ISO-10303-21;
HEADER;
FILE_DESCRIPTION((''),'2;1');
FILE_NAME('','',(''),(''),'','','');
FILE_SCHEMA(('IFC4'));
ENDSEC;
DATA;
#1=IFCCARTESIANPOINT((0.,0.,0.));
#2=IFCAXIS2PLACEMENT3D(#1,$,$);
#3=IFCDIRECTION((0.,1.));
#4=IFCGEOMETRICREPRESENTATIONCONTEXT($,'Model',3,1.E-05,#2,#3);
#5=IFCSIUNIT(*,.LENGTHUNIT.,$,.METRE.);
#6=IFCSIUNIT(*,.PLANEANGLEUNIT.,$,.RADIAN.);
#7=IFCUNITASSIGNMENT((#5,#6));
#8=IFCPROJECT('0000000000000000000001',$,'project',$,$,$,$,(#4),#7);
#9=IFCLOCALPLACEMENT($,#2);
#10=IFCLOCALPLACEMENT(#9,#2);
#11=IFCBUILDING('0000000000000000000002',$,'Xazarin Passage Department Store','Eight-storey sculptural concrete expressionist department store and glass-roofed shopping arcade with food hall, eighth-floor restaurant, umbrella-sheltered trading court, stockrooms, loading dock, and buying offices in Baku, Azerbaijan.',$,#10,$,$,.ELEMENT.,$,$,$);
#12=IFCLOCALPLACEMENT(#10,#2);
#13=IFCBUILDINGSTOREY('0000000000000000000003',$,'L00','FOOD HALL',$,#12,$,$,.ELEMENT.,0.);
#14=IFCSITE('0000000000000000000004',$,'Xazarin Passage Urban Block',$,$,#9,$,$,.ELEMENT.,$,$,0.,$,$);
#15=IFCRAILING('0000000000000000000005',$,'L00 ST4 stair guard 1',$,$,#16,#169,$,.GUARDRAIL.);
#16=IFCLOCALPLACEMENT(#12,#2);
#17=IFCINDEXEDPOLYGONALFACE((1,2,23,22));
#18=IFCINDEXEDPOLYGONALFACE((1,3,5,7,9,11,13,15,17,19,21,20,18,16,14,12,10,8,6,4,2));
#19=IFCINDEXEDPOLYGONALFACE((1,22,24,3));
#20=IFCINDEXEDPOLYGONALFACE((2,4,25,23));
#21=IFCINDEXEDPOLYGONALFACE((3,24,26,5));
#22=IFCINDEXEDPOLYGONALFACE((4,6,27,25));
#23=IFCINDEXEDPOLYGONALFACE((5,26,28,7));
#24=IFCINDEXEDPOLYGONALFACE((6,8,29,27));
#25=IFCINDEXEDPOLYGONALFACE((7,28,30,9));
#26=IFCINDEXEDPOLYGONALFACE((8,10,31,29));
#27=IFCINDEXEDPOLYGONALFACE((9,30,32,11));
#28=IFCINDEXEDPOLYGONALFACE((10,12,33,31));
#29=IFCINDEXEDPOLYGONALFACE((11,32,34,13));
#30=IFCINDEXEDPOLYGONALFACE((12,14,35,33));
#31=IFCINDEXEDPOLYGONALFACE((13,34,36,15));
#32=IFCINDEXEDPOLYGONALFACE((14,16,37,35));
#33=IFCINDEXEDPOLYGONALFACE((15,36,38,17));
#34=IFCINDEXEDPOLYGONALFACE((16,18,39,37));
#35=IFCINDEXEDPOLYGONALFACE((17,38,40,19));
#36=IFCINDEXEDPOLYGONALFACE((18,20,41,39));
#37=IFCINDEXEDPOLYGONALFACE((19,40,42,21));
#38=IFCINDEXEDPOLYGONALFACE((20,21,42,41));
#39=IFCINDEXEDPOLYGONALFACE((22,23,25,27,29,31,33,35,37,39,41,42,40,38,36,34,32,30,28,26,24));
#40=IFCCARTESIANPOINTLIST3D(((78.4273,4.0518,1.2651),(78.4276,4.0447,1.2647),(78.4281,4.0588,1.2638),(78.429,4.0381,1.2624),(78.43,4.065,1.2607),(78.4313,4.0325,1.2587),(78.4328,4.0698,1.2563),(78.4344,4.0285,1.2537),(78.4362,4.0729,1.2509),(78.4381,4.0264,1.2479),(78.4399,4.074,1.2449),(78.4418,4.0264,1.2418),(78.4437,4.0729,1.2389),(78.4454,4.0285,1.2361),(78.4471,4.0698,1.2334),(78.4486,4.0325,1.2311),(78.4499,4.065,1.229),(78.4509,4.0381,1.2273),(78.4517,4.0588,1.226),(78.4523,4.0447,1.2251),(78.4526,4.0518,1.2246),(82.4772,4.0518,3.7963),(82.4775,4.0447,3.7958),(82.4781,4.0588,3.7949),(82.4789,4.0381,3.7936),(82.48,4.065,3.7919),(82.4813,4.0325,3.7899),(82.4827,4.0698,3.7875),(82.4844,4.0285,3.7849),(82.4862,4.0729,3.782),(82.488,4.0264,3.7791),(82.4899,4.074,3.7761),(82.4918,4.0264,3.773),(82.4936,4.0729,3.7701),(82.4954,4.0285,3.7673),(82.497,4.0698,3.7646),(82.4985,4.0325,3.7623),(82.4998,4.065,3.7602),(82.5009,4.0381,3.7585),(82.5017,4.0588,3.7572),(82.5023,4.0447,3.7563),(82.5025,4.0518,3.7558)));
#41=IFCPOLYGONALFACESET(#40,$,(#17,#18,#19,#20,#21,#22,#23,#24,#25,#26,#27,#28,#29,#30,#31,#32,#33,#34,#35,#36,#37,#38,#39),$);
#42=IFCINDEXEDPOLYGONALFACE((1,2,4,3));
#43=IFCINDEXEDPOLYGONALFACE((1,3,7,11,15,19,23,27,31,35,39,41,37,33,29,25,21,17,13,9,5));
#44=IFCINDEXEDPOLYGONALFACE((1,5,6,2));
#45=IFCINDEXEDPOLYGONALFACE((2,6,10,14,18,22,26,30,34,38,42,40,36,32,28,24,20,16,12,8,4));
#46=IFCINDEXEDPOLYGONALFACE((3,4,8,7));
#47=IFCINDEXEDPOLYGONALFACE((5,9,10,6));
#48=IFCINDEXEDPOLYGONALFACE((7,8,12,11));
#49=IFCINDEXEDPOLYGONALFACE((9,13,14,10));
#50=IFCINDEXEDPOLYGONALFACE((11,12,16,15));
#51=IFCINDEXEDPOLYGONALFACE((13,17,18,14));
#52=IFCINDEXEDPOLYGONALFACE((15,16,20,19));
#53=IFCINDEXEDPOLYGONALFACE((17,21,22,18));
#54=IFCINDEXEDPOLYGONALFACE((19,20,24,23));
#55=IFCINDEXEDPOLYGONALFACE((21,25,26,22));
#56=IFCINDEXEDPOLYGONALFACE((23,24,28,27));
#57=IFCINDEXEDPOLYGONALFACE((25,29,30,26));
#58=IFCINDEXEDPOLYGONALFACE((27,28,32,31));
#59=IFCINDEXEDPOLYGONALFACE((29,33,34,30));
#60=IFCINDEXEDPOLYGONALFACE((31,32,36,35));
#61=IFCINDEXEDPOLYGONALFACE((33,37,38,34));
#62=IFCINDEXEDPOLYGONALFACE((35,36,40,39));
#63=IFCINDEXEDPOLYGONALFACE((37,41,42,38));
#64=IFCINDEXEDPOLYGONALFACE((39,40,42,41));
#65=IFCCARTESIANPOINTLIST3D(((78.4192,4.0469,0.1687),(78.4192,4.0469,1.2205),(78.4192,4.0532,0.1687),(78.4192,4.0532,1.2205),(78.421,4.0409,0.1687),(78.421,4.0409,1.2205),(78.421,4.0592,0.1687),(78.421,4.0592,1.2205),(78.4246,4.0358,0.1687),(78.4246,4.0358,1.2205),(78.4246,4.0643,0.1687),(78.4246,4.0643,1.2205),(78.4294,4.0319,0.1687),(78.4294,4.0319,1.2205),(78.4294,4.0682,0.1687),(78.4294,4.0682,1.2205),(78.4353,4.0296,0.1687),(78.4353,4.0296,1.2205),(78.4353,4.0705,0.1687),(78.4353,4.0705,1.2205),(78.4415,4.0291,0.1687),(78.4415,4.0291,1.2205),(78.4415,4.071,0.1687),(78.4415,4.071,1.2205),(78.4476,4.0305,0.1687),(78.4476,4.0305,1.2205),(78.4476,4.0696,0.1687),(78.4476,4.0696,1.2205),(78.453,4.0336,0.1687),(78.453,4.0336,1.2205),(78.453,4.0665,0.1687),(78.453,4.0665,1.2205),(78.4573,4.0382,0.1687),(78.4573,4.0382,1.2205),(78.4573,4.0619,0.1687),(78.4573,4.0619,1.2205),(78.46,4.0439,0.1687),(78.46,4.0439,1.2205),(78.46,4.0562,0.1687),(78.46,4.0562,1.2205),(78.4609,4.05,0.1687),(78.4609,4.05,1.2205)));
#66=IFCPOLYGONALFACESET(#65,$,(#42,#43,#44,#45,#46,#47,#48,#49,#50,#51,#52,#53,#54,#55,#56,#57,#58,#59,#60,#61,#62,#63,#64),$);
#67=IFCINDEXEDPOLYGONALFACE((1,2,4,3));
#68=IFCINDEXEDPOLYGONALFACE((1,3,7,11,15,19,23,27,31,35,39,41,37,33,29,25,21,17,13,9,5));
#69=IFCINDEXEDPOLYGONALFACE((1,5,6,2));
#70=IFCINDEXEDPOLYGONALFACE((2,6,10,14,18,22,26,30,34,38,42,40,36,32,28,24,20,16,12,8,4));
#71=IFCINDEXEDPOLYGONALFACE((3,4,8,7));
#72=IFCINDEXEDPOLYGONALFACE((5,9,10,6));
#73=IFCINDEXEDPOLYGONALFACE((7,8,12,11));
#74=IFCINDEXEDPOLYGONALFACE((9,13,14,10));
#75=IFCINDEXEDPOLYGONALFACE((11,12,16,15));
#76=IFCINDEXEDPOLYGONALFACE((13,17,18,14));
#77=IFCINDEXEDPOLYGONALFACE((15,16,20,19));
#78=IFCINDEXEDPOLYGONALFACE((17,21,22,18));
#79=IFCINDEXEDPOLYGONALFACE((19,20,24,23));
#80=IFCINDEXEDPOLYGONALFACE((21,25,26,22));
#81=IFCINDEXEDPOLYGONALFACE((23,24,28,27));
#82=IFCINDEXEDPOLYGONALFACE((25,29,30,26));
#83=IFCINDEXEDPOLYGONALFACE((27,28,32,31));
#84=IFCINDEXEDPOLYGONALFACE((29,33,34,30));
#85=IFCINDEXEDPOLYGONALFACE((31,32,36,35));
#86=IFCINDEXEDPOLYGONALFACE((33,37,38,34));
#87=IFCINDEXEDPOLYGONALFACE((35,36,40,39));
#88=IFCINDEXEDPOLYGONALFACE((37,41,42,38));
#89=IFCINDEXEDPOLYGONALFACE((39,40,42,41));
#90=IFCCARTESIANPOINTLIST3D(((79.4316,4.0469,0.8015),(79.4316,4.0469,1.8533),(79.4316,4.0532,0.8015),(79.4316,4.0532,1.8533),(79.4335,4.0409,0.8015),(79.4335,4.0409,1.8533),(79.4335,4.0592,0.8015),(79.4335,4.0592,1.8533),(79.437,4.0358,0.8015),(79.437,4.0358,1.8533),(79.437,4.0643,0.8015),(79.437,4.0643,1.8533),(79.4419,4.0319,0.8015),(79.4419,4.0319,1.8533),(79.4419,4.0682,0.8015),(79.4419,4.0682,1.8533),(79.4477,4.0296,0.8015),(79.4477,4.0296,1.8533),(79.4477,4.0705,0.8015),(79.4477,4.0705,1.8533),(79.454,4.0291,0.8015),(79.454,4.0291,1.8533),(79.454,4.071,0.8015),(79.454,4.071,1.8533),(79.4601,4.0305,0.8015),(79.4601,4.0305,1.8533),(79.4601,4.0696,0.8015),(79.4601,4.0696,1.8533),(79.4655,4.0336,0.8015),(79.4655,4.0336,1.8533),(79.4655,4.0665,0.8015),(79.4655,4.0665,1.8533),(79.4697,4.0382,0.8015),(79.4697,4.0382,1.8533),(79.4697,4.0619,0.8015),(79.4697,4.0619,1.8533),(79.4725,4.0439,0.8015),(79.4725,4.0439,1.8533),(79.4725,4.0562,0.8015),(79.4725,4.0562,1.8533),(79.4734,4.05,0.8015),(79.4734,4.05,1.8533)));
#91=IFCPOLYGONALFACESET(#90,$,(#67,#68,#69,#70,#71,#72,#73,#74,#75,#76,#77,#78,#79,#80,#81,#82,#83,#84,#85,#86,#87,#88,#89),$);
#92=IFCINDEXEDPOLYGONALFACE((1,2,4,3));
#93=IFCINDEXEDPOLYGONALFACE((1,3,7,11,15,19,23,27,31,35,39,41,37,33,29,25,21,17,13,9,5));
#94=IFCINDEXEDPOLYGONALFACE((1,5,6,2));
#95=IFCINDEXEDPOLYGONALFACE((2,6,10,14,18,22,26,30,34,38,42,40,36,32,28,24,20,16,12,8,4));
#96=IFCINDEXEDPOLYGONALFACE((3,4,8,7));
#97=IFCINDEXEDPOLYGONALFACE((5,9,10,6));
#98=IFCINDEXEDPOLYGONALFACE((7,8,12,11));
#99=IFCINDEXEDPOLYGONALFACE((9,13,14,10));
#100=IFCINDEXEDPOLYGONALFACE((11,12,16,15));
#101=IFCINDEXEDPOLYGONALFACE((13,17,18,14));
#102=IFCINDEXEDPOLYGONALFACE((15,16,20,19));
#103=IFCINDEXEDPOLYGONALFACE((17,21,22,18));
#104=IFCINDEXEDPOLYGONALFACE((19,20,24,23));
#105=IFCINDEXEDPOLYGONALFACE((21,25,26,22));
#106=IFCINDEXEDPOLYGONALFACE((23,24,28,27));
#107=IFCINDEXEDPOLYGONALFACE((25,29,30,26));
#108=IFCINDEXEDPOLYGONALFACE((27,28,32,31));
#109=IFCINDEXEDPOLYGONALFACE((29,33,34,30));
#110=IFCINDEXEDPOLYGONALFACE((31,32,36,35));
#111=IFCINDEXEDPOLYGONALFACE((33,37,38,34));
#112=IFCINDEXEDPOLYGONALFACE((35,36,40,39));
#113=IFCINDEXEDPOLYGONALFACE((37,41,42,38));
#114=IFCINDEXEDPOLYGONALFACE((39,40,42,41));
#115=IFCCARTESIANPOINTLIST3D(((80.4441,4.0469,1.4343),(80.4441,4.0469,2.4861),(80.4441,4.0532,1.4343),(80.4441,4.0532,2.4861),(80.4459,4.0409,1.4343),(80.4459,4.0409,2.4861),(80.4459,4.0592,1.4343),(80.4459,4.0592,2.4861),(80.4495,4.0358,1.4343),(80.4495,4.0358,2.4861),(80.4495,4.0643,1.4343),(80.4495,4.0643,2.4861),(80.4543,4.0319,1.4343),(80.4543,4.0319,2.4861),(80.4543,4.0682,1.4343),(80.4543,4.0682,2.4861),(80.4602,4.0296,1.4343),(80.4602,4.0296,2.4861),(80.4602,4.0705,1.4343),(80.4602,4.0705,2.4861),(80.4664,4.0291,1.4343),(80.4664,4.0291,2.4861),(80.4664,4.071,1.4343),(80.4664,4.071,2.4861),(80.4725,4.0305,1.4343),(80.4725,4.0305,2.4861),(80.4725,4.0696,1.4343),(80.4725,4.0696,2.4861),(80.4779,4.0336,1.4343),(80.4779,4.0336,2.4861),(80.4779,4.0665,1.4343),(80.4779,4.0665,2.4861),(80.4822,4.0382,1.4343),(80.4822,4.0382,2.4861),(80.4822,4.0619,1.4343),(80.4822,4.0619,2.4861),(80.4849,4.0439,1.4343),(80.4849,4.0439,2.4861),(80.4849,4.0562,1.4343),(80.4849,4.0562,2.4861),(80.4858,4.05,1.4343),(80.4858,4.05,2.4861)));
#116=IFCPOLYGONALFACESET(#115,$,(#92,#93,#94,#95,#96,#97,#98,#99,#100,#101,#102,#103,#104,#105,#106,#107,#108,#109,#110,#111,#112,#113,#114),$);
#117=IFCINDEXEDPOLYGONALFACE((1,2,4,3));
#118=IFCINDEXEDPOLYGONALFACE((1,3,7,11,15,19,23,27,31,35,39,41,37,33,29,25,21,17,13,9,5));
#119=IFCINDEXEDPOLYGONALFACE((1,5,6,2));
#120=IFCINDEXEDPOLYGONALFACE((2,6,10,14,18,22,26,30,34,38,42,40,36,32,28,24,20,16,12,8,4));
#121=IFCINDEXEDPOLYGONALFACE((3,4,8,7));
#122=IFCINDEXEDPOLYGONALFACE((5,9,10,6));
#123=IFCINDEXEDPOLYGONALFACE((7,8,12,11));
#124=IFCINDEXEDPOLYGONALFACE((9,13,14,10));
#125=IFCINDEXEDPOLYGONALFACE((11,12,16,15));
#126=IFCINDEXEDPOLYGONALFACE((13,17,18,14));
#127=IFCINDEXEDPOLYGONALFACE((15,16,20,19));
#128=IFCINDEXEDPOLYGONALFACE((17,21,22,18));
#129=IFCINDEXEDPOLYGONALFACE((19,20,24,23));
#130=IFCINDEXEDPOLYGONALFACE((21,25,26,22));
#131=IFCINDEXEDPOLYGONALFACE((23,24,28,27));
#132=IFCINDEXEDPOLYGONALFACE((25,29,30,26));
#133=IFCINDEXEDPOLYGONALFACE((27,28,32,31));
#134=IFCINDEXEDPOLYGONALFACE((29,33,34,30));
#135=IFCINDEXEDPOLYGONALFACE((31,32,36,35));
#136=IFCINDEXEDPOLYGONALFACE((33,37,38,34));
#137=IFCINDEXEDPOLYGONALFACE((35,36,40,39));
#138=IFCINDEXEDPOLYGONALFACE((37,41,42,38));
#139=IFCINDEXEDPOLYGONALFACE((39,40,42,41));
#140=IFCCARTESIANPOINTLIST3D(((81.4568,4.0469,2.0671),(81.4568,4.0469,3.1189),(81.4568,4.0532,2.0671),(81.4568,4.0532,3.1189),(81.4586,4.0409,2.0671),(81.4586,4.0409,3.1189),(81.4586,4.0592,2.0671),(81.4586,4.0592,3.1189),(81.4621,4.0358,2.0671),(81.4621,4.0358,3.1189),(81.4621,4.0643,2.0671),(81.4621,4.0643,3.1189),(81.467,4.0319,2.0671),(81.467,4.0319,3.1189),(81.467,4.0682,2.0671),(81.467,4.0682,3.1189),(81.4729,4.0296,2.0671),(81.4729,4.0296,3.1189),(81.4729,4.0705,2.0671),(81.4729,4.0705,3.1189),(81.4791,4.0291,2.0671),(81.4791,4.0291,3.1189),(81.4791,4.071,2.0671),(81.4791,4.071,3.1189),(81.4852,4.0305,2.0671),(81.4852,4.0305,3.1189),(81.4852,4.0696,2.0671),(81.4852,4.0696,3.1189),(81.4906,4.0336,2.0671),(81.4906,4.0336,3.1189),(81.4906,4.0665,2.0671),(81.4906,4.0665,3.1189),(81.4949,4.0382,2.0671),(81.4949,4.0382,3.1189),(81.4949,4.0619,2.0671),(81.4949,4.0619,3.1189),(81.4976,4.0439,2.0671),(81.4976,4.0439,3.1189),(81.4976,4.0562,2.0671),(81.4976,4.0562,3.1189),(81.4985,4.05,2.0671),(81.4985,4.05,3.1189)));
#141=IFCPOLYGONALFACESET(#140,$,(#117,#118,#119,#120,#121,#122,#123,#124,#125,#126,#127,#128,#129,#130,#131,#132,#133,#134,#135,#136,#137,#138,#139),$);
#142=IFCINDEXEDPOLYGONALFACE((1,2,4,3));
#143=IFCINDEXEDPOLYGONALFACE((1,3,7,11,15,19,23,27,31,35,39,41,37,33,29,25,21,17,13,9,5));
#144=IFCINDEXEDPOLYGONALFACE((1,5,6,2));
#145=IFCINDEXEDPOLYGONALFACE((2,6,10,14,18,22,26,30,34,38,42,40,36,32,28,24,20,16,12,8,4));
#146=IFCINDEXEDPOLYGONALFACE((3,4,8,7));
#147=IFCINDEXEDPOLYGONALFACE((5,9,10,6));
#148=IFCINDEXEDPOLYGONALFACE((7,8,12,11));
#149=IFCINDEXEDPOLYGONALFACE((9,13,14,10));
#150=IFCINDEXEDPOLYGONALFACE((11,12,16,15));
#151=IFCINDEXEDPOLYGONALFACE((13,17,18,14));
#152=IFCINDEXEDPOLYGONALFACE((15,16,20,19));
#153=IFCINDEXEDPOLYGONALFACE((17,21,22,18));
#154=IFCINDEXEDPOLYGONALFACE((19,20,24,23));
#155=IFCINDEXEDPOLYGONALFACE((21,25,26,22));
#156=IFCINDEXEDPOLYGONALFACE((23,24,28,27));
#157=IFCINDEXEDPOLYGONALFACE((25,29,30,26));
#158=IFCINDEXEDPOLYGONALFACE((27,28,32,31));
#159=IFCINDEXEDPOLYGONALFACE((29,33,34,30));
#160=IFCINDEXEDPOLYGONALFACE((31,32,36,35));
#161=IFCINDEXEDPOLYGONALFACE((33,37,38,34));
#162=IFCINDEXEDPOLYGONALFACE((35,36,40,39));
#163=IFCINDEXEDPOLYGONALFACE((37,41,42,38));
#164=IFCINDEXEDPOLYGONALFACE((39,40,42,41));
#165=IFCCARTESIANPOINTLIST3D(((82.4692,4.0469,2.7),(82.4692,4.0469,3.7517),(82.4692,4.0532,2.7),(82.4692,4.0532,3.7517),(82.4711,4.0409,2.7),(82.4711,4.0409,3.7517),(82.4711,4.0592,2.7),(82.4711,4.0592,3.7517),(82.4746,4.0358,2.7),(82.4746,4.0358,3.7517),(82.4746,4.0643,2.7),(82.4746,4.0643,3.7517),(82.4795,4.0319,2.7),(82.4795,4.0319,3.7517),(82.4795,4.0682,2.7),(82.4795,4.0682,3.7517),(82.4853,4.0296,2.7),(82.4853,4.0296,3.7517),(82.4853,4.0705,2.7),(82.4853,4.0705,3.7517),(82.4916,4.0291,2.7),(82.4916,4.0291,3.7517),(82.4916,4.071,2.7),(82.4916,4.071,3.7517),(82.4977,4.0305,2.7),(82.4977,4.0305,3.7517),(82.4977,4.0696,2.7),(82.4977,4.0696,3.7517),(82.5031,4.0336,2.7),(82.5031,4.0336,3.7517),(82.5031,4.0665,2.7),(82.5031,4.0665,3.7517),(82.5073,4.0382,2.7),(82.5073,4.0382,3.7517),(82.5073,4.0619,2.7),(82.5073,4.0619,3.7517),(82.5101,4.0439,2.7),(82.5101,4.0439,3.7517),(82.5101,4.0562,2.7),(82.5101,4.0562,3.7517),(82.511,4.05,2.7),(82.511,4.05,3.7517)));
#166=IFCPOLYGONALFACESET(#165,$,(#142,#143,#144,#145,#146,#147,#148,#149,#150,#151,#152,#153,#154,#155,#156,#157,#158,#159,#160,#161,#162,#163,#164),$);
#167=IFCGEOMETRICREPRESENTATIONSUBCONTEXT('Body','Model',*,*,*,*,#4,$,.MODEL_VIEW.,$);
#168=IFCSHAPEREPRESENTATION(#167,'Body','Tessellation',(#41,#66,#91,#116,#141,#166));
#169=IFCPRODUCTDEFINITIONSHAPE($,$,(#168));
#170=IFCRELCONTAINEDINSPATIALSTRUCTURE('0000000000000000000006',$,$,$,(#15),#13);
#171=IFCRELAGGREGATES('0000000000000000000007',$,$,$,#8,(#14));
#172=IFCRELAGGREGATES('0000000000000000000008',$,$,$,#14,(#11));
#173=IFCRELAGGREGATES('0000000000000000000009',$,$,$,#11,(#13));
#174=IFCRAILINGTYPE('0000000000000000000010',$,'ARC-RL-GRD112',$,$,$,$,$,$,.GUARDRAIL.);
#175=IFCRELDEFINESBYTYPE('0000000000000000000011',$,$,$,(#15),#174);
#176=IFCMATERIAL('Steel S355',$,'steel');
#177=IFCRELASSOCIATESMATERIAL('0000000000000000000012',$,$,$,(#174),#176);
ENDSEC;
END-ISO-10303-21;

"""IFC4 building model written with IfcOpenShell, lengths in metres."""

from ifc_helpers import new_model, si_unit, direction, frame, origin, origin_2d, place, context, subcontext, project, spatial, circle, extrude, material, type_object, element, save


model = new_model("IFC4")

# Units and contexts
model_context = context("Model", 3, precision=1e-05, world=origin(), true_north=direction((0.0, 1.0)))
body_context = subcontext(model_context, "Body", "Model", "MODEL_VIEW")
ifc_project = project(units=[si_unit("LENGTHUNIT", "METRE"), si_unit("PLANEANGLEUNIT", "RADIAN")], contexts=[model_context])

# Site, building, storey
site_placement = place(None, origin())
site = spatial("IfcSite", under=ifc_project, at=site_placement, Name="Xazarin Passage Urban Block", CompositionType="ELEMENT", RefElevation=0.0)
building_placement = place(site_placement, origin())
building = spatial("IfcBuilding", under=site, at=building_placement, Name="Xazarin Passage Department Store", Description="Eight-storey sculptural concrete expressionist department store and glass-roofed shopping arcade with food hall, eighth-floor restaurant, umbrella-sheltered trading court, stockrooms, loading dock, and buying offices in Baku, Azerbaijan.", CompositionType="ELEMENT")
storey_placement = place(building_placement, origin())
storey = spatial("IfcBuildingStorey", under=building, at=storey_placement, Name="L00", Description="FOOD HALL", CompositionType="ELEMENT", Elevation=0.0)

# Railing
ifc_material_1 = material(Name="Steel S355", Category="steel")
railing_type_1 = type_object("IfcRailingType", Name="ARC-RL-GRD112", PredefinedType="GUARDRAIL", material=ifc_material_1)
railing_1_placement = place(storey_placement, frame((78.4399, 4.05, 0.1687)))
element("IfcRailing", 1, at=railing_1_placement, inside=storey, type_object=railing_type_1, Name="L00 ST4 stair guard 1", PredefinedType="GUARDRAIL", context=body_context, shape_type="SweptSolid", body=[
    extrude(circle(Radius=0.0239, at=origin_2d()), frame((0.0, 0.0, 1.0762), z_axis=(0.848001, 0.0, 0.529994), x_axis=(0.0, 1.0, 0.0)), (0.0, 0.0, 1.0), 4.7759),
    extrude(circle(Radius=0.021, at=origin_2d()), origin(), (0.0, 0.0, 1.0), 1.0518),
    extrude(circle(Radius=0.021, at=origin_2d()), frame((1.0125, 0.0, 0.6328)), (0.0, 0.0, 1.0), 1.0518),
    extrude(circle(Radius=0.021, at=origin_2d()), frame((2.0249, 0.0, 1.2656)), (0.0, 0.0, 1.0), 1.0518),
    extrude(circle(Radius=0.021, at=origin_2d()), frame((3.0376, 0.0, 1.8984)), (0.0, 0.0, 1.0), 1.0518),
    extrude(circle(Radius=0.021, at=origin_2d()), frame((4.05, 0.0, 2.5312)), (0.0, 0.0, 1.0), 1.0518),
])

save(model, "model.ifc")
